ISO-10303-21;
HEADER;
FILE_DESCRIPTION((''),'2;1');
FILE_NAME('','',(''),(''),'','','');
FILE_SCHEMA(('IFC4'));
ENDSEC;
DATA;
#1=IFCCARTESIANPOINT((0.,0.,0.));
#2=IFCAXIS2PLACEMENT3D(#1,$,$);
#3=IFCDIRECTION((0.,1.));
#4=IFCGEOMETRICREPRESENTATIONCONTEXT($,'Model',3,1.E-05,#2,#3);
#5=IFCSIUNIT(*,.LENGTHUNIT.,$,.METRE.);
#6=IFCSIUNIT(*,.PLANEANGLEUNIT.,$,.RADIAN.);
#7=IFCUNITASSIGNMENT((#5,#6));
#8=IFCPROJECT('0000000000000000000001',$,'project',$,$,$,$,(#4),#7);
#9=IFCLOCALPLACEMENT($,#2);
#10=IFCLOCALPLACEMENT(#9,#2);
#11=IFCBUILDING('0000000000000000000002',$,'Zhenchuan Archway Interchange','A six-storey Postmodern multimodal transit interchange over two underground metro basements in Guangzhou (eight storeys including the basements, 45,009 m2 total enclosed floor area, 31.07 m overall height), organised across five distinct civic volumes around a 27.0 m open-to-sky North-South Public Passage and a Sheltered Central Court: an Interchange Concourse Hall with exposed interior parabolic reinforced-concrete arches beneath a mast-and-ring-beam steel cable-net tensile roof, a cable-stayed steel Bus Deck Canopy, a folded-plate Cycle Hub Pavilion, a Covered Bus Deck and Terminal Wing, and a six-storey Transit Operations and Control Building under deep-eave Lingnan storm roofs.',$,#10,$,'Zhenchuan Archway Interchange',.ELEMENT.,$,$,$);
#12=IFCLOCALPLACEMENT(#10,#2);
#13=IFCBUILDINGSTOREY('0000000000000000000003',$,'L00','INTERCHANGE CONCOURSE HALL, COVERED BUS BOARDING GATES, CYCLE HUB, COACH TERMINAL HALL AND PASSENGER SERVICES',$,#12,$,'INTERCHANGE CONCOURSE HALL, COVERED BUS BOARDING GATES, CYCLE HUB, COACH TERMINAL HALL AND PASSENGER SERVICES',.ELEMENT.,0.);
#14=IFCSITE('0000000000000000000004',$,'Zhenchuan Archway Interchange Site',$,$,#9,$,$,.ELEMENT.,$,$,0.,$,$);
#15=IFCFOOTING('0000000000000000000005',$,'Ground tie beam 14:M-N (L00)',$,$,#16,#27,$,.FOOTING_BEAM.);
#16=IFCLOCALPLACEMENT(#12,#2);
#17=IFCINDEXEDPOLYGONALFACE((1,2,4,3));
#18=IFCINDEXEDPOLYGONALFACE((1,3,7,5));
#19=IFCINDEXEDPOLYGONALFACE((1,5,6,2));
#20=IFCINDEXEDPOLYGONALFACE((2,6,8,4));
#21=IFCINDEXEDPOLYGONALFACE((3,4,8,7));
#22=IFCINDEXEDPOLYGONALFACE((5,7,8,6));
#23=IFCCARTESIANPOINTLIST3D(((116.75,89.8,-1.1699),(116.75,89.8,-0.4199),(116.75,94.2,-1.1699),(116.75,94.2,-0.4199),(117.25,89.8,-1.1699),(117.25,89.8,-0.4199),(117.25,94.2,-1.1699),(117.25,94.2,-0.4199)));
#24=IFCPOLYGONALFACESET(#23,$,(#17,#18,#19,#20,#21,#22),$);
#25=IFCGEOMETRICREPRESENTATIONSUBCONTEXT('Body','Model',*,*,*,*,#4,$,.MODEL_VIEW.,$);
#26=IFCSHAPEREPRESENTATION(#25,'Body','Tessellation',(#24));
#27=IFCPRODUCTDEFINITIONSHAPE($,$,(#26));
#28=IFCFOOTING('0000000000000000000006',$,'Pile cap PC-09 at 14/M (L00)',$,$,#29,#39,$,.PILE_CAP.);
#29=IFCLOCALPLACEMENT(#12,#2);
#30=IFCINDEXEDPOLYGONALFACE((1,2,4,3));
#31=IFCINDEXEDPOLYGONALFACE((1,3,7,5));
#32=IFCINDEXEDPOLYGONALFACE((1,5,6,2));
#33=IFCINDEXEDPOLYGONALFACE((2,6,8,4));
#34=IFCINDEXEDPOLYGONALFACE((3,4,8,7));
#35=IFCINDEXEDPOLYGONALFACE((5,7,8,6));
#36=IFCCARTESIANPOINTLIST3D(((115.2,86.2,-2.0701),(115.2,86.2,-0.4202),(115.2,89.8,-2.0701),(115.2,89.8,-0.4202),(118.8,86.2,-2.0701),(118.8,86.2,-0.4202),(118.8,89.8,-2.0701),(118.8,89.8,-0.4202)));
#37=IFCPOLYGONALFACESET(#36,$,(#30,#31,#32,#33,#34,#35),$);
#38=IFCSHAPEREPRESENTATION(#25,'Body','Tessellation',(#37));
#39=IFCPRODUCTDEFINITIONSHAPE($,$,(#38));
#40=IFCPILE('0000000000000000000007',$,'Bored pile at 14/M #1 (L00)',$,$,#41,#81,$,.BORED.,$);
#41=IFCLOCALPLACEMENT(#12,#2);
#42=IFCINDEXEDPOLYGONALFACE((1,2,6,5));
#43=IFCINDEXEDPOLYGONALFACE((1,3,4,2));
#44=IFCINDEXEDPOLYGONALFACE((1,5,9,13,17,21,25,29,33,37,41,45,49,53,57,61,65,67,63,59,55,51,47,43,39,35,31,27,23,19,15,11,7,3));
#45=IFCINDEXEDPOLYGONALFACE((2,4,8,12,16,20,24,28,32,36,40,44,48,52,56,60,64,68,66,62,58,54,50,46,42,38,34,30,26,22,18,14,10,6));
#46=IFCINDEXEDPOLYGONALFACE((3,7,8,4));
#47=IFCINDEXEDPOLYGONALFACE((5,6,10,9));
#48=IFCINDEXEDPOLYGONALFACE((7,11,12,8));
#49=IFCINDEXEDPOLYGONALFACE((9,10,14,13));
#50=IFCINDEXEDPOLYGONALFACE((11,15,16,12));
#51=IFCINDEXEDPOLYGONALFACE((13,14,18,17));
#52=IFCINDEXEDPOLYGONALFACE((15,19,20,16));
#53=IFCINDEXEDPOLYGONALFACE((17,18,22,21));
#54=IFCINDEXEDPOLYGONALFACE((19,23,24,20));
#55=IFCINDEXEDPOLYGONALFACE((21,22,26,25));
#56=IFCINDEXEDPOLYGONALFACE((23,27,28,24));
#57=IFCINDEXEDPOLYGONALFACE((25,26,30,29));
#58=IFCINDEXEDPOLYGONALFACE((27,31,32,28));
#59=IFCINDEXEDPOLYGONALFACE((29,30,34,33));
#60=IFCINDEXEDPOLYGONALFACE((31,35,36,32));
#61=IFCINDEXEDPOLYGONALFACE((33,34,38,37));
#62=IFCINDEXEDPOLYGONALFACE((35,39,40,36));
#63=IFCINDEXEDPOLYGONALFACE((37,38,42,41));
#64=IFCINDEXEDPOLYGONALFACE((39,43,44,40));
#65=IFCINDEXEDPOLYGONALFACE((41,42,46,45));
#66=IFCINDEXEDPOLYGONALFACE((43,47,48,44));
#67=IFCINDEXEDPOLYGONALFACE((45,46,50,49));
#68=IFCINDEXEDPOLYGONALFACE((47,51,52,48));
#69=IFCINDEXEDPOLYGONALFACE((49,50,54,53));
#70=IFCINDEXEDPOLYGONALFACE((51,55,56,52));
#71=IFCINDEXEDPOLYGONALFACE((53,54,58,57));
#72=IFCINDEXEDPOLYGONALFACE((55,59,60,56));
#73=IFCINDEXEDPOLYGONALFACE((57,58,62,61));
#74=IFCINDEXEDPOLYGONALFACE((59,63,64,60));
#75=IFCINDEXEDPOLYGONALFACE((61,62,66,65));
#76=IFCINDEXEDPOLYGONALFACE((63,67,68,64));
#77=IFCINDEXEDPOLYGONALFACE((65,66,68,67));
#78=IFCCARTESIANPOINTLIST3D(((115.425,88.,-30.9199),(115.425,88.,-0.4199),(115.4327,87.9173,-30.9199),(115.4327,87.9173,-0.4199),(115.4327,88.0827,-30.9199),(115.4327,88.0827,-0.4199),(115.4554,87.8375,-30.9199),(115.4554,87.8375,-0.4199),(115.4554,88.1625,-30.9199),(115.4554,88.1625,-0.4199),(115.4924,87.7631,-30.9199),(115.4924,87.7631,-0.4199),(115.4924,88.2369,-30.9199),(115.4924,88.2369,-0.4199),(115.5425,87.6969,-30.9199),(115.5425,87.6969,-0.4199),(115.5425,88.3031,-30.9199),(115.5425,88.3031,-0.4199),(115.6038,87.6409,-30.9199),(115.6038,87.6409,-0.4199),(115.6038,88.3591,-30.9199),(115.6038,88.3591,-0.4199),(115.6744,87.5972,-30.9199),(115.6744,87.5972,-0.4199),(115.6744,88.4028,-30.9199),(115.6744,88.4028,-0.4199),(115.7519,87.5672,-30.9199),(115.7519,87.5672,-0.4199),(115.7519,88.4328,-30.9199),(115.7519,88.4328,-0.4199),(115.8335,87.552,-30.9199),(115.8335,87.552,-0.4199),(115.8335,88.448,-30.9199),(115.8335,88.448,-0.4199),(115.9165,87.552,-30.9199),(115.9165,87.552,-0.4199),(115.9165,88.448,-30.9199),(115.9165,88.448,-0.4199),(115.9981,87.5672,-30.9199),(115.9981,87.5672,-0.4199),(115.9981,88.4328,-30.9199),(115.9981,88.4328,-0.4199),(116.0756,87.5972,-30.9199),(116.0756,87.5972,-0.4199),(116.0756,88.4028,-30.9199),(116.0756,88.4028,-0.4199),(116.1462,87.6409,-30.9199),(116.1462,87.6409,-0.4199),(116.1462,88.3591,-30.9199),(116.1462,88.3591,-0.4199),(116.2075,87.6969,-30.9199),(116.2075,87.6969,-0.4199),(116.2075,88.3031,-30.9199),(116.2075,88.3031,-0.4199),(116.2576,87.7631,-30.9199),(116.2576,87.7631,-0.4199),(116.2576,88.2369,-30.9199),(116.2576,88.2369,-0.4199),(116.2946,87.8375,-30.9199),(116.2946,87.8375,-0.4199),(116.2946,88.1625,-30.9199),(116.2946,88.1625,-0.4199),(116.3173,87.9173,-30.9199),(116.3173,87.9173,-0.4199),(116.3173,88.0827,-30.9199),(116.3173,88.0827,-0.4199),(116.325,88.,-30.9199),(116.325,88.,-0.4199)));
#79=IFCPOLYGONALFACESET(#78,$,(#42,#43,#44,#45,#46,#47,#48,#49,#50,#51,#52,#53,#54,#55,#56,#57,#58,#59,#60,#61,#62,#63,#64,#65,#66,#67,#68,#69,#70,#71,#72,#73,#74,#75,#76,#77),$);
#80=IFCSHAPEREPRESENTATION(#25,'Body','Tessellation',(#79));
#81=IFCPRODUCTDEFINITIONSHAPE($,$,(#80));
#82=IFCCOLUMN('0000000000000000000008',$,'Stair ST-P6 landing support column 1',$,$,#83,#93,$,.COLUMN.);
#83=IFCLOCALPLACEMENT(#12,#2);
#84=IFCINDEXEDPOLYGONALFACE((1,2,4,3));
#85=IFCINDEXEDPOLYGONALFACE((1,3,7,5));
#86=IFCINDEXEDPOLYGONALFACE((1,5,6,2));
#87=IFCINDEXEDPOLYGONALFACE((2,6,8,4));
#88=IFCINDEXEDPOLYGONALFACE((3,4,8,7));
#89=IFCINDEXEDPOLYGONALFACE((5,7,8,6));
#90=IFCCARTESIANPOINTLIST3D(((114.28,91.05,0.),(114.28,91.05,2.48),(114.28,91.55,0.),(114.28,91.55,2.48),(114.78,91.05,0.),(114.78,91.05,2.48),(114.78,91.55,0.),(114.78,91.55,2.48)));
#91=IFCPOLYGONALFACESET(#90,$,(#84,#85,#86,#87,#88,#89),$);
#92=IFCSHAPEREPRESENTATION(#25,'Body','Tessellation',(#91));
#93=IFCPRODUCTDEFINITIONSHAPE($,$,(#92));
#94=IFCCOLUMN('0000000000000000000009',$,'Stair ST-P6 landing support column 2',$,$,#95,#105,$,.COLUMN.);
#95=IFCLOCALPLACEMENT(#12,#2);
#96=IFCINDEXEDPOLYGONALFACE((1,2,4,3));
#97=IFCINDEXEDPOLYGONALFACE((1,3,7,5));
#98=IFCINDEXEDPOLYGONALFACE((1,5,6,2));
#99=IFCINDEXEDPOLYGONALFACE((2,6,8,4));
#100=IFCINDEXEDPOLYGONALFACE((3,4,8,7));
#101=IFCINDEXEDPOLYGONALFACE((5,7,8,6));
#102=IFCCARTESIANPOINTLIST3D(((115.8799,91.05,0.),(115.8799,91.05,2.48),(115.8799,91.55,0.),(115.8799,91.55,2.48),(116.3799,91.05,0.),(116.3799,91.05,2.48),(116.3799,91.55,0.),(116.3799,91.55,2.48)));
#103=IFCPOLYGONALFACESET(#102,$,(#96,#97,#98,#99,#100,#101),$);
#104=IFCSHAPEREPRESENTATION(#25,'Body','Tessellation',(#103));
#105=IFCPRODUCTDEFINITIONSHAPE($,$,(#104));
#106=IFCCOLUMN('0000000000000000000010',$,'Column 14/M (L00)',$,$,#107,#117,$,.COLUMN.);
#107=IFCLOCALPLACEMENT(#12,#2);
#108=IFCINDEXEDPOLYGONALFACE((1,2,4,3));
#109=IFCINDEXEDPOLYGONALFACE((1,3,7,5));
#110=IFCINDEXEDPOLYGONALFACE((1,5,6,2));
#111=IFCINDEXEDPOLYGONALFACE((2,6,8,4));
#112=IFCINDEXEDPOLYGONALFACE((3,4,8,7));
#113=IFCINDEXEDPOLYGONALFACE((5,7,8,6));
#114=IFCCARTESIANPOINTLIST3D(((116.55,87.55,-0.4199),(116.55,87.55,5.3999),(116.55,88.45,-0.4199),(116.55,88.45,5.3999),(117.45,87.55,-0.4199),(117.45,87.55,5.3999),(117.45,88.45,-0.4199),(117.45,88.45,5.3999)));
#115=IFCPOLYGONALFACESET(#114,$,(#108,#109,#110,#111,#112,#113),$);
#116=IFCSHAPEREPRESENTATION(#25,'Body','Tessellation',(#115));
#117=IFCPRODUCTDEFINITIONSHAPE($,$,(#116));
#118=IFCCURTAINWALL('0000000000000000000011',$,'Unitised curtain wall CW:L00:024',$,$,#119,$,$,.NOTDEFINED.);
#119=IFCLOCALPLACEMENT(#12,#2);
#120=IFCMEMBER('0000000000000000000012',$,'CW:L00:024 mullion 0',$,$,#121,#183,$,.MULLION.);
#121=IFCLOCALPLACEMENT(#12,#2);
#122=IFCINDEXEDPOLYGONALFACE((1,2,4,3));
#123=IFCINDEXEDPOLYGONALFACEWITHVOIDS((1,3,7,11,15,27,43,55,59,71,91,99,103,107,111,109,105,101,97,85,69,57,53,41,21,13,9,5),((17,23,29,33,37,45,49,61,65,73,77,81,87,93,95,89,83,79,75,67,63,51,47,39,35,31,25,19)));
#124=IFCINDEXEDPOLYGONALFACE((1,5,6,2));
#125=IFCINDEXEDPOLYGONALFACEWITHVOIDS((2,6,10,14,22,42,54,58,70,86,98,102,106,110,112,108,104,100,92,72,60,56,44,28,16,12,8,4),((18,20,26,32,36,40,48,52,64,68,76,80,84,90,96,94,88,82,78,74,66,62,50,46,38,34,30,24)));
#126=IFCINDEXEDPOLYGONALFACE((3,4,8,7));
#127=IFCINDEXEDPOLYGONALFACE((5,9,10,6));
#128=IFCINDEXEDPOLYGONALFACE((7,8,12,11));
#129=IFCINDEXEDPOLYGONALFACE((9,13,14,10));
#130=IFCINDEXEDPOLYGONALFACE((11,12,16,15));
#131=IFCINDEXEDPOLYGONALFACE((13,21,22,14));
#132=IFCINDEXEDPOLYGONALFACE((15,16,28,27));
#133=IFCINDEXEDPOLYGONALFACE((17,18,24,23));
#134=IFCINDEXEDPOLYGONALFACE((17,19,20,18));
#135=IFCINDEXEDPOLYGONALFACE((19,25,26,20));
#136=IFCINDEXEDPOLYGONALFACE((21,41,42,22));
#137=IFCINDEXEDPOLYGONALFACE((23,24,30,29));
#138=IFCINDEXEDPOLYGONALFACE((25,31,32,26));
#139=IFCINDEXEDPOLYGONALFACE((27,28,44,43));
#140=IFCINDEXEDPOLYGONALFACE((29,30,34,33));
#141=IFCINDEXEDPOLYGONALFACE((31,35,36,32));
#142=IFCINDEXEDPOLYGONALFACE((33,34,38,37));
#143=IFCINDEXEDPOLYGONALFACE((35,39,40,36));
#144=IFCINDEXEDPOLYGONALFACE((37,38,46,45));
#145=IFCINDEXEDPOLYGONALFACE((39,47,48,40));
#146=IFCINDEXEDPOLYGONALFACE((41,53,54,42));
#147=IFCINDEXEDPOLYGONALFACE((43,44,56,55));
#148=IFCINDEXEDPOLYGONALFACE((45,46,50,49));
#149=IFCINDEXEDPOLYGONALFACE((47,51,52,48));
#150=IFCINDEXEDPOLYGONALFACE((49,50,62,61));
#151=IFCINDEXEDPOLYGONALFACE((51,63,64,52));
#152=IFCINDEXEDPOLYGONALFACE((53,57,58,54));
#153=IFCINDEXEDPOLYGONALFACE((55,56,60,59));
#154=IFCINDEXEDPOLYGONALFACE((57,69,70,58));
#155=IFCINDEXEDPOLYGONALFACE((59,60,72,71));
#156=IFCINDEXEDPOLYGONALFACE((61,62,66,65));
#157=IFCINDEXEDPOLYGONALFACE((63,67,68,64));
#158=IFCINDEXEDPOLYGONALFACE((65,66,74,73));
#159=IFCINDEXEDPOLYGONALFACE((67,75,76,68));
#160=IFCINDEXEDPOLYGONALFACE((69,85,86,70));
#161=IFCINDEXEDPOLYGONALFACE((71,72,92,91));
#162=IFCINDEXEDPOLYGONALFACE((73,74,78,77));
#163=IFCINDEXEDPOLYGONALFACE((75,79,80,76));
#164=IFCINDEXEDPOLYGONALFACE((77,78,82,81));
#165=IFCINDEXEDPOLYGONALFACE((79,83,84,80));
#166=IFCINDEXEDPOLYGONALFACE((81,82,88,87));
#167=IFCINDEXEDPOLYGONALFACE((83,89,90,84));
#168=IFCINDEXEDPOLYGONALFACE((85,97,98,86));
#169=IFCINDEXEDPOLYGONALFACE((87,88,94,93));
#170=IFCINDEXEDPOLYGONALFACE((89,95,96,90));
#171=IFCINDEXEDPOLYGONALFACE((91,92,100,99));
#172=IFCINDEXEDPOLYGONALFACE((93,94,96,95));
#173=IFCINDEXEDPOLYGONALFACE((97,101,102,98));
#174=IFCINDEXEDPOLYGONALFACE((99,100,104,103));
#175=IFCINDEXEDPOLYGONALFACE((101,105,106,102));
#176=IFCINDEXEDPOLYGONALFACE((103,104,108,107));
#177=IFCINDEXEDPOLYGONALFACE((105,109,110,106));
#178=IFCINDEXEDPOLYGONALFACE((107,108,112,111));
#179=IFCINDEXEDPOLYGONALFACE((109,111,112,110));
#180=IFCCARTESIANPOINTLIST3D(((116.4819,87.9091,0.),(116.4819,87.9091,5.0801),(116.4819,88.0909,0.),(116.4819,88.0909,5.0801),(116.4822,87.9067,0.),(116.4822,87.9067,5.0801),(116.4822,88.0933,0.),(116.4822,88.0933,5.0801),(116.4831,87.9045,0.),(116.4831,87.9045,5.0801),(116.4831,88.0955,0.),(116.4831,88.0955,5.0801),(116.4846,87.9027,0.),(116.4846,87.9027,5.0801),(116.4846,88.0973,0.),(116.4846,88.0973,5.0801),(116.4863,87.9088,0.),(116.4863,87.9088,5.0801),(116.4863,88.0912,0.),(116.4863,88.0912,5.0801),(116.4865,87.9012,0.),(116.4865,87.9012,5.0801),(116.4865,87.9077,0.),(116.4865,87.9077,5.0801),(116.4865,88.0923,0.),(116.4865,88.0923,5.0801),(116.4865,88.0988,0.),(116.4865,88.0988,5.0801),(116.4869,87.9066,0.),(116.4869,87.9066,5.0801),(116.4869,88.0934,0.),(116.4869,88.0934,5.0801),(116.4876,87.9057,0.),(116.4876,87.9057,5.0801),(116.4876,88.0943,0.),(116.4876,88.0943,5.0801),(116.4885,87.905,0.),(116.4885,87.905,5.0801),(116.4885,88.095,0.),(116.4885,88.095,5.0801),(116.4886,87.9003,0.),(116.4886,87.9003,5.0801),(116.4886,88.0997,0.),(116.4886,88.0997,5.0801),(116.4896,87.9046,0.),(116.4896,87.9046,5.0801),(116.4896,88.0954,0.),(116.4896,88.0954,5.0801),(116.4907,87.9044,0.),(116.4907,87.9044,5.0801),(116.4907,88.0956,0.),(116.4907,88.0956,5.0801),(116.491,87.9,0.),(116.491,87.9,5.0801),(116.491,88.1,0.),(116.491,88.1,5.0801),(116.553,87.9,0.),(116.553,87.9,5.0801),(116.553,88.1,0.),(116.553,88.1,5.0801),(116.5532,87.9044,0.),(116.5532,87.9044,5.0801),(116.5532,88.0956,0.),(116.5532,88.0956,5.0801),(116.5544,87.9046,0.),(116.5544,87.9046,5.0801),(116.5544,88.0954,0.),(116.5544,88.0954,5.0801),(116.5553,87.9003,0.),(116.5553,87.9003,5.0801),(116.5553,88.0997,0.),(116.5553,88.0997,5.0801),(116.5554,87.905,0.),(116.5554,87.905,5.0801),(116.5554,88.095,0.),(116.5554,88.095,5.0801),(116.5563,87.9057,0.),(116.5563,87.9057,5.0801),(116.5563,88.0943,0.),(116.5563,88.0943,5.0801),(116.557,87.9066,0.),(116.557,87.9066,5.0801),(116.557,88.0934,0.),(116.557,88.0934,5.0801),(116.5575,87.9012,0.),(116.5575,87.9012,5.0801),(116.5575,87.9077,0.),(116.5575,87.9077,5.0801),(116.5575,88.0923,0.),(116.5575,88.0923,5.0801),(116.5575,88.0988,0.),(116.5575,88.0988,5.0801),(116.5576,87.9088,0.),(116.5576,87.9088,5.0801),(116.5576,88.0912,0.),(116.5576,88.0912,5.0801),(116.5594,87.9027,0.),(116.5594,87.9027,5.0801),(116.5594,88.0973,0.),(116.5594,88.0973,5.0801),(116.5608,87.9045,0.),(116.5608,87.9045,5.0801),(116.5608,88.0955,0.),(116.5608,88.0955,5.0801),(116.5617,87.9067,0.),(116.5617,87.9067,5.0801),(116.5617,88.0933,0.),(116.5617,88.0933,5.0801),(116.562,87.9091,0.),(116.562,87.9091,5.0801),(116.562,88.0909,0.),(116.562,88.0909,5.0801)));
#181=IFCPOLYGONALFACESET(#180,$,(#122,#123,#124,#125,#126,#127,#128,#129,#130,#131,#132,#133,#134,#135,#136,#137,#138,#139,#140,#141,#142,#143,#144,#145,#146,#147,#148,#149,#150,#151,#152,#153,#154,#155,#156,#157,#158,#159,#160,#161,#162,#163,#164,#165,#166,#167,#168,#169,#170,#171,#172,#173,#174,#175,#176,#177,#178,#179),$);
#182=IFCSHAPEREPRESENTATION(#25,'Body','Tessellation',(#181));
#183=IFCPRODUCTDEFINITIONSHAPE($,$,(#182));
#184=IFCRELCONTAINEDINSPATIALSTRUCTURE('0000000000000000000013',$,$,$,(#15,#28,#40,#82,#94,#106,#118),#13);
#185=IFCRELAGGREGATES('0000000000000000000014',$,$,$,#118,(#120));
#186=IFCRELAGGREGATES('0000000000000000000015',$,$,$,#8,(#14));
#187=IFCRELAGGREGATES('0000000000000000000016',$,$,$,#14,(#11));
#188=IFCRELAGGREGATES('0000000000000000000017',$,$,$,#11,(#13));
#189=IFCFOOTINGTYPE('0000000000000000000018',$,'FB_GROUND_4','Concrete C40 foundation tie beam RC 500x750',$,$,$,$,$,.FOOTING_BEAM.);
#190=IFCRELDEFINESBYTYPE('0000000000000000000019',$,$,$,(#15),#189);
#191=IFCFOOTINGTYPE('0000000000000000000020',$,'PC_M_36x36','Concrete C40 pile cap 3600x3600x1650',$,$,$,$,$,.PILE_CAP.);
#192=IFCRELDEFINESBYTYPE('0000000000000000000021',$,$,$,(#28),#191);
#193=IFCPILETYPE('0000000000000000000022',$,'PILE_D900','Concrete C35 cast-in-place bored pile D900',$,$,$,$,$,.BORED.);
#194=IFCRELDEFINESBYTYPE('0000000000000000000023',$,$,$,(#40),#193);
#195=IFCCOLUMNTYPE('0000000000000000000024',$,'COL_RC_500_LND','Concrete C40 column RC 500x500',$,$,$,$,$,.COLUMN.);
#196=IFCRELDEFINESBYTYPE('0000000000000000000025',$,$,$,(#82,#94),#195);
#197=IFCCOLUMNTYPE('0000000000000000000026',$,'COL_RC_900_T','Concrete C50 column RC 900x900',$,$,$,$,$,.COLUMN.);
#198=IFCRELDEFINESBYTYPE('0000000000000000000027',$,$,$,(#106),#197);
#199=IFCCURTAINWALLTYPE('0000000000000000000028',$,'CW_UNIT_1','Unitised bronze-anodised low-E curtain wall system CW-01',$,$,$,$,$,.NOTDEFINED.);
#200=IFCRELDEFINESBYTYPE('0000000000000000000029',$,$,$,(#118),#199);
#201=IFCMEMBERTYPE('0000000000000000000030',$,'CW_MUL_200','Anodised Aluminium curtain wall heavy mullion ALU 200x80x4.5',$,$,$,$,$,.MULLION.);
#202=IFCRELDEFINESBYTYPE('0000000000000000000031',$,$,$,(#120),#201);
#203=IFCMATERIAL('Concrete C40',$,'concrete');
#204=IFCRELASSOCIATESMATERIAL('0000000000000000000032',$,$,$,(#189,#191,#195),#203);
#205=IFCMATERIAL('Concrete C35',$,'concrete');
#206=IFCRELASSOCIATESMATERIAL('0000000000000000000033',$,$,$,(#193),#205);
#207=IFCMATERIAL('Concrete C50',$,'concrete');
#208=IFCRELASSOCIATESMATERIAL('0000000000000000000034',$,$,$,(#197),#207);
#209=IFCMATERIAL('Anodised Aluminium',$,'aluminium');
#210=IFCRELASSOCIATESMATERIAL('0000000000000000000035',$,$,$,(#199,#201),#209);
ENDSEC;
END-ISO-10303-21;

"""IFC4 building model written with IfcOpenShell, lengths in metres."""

from ifc_helpers import new_model, si_unit, direction, frame, origin, origin_2d, place, context, subcontext, project, spatial, rectangle, hollow_rectangle, circle, extrude, material, material_profile, profile_set, type_object, element, aggregate, save


model = new_model("IFC4")

# Units and contexts
model_context = context("Model", 3, precision=1e-05, world=origin(), true_north=direction((0.0, 1.0)))
body_context = subcontext(model_context, "Body", "Model", "MODEL_VIEW")
ifc_project = project(units=[si_unit("LENGTHUNIT", "METRE"), si_unit("PLANEANGLEUNIT", "RADIAN")], contexts=[model_context])

# Site, building, storey
site_placement = place(None, origin())
site = spatial("IfcSite", under=ifc_project, at=site_placement, Name="Zhenchuan Archway Interchange Site", CompositionType="ELEMENT", RefElevation=0.0)
building_placement = place(site_placement, origin())
building = spatial("IfcBuilding", under=site, at=building_placement, Name="Zhenchuan Archway Interchange", Description="A six-storey Postmodern multimodal transit interchange over two underground metro basements in Guangzhou (eight storeys including the basements, 45,009 m2 total enclosed floor area, 31.07 m overall height), organised across five distinct civic volumes around a 27.0 m open-to-sky North-South Public Passage and a Sheltered Central Court: an Interchange Concourse Hall with exposed interior parabolic reinforced-concrete arches beneath a mast-and-ring-beam steel cable-net tensile roof, a cable-stayed steel Bus Deck Canopy, a folded-plate Cycle Hub Pavilion, a Covered Bus Deck and Terminal Wing, and a six-storey Transit Operations and Control Building under deep-eave Lingnan storm roofs.", LongName="Zhenchuan Archway Interchange", CompositionType="ELEMENT")
storey_placement = place(building_placement, origin())
storey = spatial("IfcBuildingStorey", under=building, at=storey_placement, Name="L00", Description="INTERCHANGE CONCOURSE HALL, COVERED BUS BOARDING GATES, CYCLE HUB, COACH TERMINAL HALL AND PASSENGER SERVICES", LongName="INTERCHANGE CONCOURSE HALL, COVERED BUS BOARDING GATES, CYCLE HUB, COACH TERMINAL HALL AND PASSENGER SERVICES", CompositionType="ELEMENT", Elevation=0.0)

# Footings
ifc_material_1 = material(Name="Concrete C40", Category="concrete")
ifc_material_profile_1 = material_profile(ifc_material_1, rectangle(XDim=0.5, YDim=0.75, at=origin_2d()), Name="RC 500x750")
ifc_profile_set_1 = profile_set([ifc_material_profile_1], Name="Concrete C40")
footing_type_1 = type_object("IfcFootingType", Name="FB_GROUND_4", Description="Concrete C40 foundation tie beam RC 500x750", PredefinedType="FOOTING_BEAM", material=ifc_profile_set_1)
footing_1_placement = place(storey_placement, frame((117.0, 89.8, -0.7949), z_axis=(0.0, 1.0, 0.0), x_axis=(-1.0, 0.0, 0.0)))
element("IfcFooting", 1, at=footing_1_placement, inside=storey, type_object=footing_type_1, Name="Ground tie beam 14:M-N (L00)", PredefinedType="FOOTING_BEAM", context=body_context, shape_type="SweptSolid", body=[
    extrude(rectangle(XDim=0.5, YDim=0.75, at=origin_2d()), origin(), (0.0, 0.0, 1.0), 4.3999),
])
footing_type_2 = type_object("IfcFootingType", Name="PC_M_36x36", Description="Concrete C40 pile cap 3600x3600x1650", PredefinedType="PILE_CAP", material=ifc_material_1)
footing_2_placement = place(storey_placement, frame((117.0, 88.0, -2.0701), z_axis=(0.0, 0.0, 1.0), x_axis=(1.0, 0.0, 0.0)))
element("IfcFooting", 2, at=footing_2_placement, inside=storey, type_object=footing_type_2, Name="Pile cap PC-09 at 14/M (L00)", PredefinedType="PILE_CAP", context=body_context, shape_type="SweptSolid", body=[
    extrude(rectangle(XDim=3.6001, YDim=3.6001, at=origin_2d()), origin(), (0.0, 0.0, 1.0), 1.6499),
])

# Pile
ifc_material_2 = material(Name="Concrete C35", Category="concrete")
ifc_material_profile_2 = material_profile(ifc_material_2, circle(Radius=0.45, at=origin_2d()), Name="BORED PILE 900")
ifc_profile_set_2 = profile_set([ifc_material_profile_2], Name="Concrete C35")
pile_type = type_object("IfcPileType", Name="PILE_D900", Description="Concrete C35 cast-in-place bored pile D900", PredefinedType="BORED", material=ifc_profile_set_2)
pile_placement = place(storey_placement, frame((115.875, 88.0, -0.4199), z_axis=(0.0, 0.0, -1.0), x_axis=(1.0, 0.0, 0.0)))
element("IfcPile", 3, at=pile_placement, inside=storey, type_object=pile_type, Name="Bored pile at 14/M #1 (L00)", PredefinedType="BORED", context=body_context, shape_type="SweptSolid", body=[
    extrude(circle(Radius=0.45, at=origin_2d()), origin(), (0.0, 0.0, 1.0), 30.5),
])

# Columns
ifc_material_profile_3 = material_profile(ifc_material_1, rectangle(XDim=0.5, YDim=0.5, at=origin_2d()), Name="RC 500x500")
ifc_profile_set_3 = profile_set([ifc_material_profile_3], Name="Concrete C40")
column_type_1 = type_object("IfcColumnType", Name="COL_RC_500_LND", Description="Concrete C40 column RC 500x500", PredefinedType="COLUMN", material=ifc_profile_set_3)
for number, where, z_axis, x_axis, name in (
    (4, (114.53, 91.3, 0.0), (0.0, 0.0, 1.0), (1.0, 0.0, 0.0), "Stair ST-P6 landing support column 1"),
    (5, (116.1299, 91.3, 0.0), (0.0, 0.0, 1.0), (1.0, 0.0, 0.0), "Stair ST-P6 landing support column 2"),
):
    element("IfcColumn", number, at=place(storey_placement, frame(where, z_axis=z_axis, x_axis=x_axis)), inside=storey, type_object=column_type_1, Name=name, PredefinedType="COLUMN", context=body_context, shape_type="SweptSolid", body=[
        extrude(rectangle(XDim=0.5, YDim=0.5, at=origin_2d()), origin(), (0.0, 0.0, 1.0), 2.48),
    ])
ifc_material_3 = material(Name="Concrete C50", Category="concrete")
ifc_material_profile_4 = material_profile(ifc_material_3, rectangle(XDim=0.8999, YDim=0.8999, at=origin_2d()), Name="RC 900x900")
ifc_profile_set_4 = profile_set([ifc_material_profile_4], Name="Concrete C50")
column_type_2 = type_object("IfcColumnType", Name="COL_RC_900_T", Description="Concrete C50 column RC 900x900", PredefinedType="COLUMN", material=ifc_profile_set_4)
column_placement = place(storey_placement, frame((117.0, 88.0, -0.4199), z_axis=(0.0, 0.0, 1.0), x_axis=(1.0, 0.0, 0.0)))
element("IfcColumn", 6, at=column_placement, inside=storey, type_object=column_type_2, Name="Column 14/M (L00)", PredefinedType="COLUMN", context=body_context, shape_type="SweptSolid", body=[
    extrude(rectangle(XDim=0.8999, YDim=0.8999, at=origin_2d()), origin(), (0.0, 0.0, 1.0), 5.8198),
])

# Curtain wall, member
ifc_material_4 = material(Name="Anodised Aluminium", Category="aluminium")
curtain_wall_type = type_object("IfcCurtainWallType", Name="CW_UNIT_1", Description="Unitised bronze-anodised low-E curtain wall system CW-01", PredefinedType="NOTDEFINED", material=ifc_material_4)
curtain_wall_placement = place(storey_placement, origin())
curtain_wall = element("IfcCurtainWall", 7, at=curtain_wall_placement, inside=storey, type_object=curtain_wall_type, Name="Unitised curtain wall CW:L00:024", PredefinedType="NOTDEFINED")
ifc_material_profile_5 = material_profile(ifc_material_4, hollow_rectangle(XDim=0.0801, YDim=0.2, WallThickness=0.0044, InnerFilletRadius=0.0044, OuterFilletRadius=0.009, at=origin_2d()), Name="ALU 200x80x4.5")
ifc_profile_set_5 = profile_set([ifc_material_profile_5], Name="Anodised Aluminium")
member_type_1 = type_object("IfcMemberType", Name="CW_MUL_200", Description="Anodised Aluminium curtain wall heavy mullion ALU 200x80x4.5", PredefinedType="MULLION", material=ifc_profile_set_5)
member_1_placement = place(storey_placement, frame((116.522, 88.0, 0.0), z_axis=(0.0, 0.0, 1.0), x_axis=(1.0, 0.0, 0.0)))
member_1 = element("IfcMember", 8, at=member_1_placement, type_object=member_type_1, Name="CW:L00:024 mullion 0", PredefinedType="MULLION", context=body_context, shape_type="SweptSolid", body=[
    extrude(hollow_rectangle(XDim=0.0801, YDim=0.2, WallThickness=0.0044, InnerFilletRadius=0.0044, OuterFilletRadius=0.009, at=origin_2d()), origin(), (0.0, 0.0, 1.0), 5.0801),
])
aggregate(curtain_wall, [member_1])

save(model, "model.ifc")
